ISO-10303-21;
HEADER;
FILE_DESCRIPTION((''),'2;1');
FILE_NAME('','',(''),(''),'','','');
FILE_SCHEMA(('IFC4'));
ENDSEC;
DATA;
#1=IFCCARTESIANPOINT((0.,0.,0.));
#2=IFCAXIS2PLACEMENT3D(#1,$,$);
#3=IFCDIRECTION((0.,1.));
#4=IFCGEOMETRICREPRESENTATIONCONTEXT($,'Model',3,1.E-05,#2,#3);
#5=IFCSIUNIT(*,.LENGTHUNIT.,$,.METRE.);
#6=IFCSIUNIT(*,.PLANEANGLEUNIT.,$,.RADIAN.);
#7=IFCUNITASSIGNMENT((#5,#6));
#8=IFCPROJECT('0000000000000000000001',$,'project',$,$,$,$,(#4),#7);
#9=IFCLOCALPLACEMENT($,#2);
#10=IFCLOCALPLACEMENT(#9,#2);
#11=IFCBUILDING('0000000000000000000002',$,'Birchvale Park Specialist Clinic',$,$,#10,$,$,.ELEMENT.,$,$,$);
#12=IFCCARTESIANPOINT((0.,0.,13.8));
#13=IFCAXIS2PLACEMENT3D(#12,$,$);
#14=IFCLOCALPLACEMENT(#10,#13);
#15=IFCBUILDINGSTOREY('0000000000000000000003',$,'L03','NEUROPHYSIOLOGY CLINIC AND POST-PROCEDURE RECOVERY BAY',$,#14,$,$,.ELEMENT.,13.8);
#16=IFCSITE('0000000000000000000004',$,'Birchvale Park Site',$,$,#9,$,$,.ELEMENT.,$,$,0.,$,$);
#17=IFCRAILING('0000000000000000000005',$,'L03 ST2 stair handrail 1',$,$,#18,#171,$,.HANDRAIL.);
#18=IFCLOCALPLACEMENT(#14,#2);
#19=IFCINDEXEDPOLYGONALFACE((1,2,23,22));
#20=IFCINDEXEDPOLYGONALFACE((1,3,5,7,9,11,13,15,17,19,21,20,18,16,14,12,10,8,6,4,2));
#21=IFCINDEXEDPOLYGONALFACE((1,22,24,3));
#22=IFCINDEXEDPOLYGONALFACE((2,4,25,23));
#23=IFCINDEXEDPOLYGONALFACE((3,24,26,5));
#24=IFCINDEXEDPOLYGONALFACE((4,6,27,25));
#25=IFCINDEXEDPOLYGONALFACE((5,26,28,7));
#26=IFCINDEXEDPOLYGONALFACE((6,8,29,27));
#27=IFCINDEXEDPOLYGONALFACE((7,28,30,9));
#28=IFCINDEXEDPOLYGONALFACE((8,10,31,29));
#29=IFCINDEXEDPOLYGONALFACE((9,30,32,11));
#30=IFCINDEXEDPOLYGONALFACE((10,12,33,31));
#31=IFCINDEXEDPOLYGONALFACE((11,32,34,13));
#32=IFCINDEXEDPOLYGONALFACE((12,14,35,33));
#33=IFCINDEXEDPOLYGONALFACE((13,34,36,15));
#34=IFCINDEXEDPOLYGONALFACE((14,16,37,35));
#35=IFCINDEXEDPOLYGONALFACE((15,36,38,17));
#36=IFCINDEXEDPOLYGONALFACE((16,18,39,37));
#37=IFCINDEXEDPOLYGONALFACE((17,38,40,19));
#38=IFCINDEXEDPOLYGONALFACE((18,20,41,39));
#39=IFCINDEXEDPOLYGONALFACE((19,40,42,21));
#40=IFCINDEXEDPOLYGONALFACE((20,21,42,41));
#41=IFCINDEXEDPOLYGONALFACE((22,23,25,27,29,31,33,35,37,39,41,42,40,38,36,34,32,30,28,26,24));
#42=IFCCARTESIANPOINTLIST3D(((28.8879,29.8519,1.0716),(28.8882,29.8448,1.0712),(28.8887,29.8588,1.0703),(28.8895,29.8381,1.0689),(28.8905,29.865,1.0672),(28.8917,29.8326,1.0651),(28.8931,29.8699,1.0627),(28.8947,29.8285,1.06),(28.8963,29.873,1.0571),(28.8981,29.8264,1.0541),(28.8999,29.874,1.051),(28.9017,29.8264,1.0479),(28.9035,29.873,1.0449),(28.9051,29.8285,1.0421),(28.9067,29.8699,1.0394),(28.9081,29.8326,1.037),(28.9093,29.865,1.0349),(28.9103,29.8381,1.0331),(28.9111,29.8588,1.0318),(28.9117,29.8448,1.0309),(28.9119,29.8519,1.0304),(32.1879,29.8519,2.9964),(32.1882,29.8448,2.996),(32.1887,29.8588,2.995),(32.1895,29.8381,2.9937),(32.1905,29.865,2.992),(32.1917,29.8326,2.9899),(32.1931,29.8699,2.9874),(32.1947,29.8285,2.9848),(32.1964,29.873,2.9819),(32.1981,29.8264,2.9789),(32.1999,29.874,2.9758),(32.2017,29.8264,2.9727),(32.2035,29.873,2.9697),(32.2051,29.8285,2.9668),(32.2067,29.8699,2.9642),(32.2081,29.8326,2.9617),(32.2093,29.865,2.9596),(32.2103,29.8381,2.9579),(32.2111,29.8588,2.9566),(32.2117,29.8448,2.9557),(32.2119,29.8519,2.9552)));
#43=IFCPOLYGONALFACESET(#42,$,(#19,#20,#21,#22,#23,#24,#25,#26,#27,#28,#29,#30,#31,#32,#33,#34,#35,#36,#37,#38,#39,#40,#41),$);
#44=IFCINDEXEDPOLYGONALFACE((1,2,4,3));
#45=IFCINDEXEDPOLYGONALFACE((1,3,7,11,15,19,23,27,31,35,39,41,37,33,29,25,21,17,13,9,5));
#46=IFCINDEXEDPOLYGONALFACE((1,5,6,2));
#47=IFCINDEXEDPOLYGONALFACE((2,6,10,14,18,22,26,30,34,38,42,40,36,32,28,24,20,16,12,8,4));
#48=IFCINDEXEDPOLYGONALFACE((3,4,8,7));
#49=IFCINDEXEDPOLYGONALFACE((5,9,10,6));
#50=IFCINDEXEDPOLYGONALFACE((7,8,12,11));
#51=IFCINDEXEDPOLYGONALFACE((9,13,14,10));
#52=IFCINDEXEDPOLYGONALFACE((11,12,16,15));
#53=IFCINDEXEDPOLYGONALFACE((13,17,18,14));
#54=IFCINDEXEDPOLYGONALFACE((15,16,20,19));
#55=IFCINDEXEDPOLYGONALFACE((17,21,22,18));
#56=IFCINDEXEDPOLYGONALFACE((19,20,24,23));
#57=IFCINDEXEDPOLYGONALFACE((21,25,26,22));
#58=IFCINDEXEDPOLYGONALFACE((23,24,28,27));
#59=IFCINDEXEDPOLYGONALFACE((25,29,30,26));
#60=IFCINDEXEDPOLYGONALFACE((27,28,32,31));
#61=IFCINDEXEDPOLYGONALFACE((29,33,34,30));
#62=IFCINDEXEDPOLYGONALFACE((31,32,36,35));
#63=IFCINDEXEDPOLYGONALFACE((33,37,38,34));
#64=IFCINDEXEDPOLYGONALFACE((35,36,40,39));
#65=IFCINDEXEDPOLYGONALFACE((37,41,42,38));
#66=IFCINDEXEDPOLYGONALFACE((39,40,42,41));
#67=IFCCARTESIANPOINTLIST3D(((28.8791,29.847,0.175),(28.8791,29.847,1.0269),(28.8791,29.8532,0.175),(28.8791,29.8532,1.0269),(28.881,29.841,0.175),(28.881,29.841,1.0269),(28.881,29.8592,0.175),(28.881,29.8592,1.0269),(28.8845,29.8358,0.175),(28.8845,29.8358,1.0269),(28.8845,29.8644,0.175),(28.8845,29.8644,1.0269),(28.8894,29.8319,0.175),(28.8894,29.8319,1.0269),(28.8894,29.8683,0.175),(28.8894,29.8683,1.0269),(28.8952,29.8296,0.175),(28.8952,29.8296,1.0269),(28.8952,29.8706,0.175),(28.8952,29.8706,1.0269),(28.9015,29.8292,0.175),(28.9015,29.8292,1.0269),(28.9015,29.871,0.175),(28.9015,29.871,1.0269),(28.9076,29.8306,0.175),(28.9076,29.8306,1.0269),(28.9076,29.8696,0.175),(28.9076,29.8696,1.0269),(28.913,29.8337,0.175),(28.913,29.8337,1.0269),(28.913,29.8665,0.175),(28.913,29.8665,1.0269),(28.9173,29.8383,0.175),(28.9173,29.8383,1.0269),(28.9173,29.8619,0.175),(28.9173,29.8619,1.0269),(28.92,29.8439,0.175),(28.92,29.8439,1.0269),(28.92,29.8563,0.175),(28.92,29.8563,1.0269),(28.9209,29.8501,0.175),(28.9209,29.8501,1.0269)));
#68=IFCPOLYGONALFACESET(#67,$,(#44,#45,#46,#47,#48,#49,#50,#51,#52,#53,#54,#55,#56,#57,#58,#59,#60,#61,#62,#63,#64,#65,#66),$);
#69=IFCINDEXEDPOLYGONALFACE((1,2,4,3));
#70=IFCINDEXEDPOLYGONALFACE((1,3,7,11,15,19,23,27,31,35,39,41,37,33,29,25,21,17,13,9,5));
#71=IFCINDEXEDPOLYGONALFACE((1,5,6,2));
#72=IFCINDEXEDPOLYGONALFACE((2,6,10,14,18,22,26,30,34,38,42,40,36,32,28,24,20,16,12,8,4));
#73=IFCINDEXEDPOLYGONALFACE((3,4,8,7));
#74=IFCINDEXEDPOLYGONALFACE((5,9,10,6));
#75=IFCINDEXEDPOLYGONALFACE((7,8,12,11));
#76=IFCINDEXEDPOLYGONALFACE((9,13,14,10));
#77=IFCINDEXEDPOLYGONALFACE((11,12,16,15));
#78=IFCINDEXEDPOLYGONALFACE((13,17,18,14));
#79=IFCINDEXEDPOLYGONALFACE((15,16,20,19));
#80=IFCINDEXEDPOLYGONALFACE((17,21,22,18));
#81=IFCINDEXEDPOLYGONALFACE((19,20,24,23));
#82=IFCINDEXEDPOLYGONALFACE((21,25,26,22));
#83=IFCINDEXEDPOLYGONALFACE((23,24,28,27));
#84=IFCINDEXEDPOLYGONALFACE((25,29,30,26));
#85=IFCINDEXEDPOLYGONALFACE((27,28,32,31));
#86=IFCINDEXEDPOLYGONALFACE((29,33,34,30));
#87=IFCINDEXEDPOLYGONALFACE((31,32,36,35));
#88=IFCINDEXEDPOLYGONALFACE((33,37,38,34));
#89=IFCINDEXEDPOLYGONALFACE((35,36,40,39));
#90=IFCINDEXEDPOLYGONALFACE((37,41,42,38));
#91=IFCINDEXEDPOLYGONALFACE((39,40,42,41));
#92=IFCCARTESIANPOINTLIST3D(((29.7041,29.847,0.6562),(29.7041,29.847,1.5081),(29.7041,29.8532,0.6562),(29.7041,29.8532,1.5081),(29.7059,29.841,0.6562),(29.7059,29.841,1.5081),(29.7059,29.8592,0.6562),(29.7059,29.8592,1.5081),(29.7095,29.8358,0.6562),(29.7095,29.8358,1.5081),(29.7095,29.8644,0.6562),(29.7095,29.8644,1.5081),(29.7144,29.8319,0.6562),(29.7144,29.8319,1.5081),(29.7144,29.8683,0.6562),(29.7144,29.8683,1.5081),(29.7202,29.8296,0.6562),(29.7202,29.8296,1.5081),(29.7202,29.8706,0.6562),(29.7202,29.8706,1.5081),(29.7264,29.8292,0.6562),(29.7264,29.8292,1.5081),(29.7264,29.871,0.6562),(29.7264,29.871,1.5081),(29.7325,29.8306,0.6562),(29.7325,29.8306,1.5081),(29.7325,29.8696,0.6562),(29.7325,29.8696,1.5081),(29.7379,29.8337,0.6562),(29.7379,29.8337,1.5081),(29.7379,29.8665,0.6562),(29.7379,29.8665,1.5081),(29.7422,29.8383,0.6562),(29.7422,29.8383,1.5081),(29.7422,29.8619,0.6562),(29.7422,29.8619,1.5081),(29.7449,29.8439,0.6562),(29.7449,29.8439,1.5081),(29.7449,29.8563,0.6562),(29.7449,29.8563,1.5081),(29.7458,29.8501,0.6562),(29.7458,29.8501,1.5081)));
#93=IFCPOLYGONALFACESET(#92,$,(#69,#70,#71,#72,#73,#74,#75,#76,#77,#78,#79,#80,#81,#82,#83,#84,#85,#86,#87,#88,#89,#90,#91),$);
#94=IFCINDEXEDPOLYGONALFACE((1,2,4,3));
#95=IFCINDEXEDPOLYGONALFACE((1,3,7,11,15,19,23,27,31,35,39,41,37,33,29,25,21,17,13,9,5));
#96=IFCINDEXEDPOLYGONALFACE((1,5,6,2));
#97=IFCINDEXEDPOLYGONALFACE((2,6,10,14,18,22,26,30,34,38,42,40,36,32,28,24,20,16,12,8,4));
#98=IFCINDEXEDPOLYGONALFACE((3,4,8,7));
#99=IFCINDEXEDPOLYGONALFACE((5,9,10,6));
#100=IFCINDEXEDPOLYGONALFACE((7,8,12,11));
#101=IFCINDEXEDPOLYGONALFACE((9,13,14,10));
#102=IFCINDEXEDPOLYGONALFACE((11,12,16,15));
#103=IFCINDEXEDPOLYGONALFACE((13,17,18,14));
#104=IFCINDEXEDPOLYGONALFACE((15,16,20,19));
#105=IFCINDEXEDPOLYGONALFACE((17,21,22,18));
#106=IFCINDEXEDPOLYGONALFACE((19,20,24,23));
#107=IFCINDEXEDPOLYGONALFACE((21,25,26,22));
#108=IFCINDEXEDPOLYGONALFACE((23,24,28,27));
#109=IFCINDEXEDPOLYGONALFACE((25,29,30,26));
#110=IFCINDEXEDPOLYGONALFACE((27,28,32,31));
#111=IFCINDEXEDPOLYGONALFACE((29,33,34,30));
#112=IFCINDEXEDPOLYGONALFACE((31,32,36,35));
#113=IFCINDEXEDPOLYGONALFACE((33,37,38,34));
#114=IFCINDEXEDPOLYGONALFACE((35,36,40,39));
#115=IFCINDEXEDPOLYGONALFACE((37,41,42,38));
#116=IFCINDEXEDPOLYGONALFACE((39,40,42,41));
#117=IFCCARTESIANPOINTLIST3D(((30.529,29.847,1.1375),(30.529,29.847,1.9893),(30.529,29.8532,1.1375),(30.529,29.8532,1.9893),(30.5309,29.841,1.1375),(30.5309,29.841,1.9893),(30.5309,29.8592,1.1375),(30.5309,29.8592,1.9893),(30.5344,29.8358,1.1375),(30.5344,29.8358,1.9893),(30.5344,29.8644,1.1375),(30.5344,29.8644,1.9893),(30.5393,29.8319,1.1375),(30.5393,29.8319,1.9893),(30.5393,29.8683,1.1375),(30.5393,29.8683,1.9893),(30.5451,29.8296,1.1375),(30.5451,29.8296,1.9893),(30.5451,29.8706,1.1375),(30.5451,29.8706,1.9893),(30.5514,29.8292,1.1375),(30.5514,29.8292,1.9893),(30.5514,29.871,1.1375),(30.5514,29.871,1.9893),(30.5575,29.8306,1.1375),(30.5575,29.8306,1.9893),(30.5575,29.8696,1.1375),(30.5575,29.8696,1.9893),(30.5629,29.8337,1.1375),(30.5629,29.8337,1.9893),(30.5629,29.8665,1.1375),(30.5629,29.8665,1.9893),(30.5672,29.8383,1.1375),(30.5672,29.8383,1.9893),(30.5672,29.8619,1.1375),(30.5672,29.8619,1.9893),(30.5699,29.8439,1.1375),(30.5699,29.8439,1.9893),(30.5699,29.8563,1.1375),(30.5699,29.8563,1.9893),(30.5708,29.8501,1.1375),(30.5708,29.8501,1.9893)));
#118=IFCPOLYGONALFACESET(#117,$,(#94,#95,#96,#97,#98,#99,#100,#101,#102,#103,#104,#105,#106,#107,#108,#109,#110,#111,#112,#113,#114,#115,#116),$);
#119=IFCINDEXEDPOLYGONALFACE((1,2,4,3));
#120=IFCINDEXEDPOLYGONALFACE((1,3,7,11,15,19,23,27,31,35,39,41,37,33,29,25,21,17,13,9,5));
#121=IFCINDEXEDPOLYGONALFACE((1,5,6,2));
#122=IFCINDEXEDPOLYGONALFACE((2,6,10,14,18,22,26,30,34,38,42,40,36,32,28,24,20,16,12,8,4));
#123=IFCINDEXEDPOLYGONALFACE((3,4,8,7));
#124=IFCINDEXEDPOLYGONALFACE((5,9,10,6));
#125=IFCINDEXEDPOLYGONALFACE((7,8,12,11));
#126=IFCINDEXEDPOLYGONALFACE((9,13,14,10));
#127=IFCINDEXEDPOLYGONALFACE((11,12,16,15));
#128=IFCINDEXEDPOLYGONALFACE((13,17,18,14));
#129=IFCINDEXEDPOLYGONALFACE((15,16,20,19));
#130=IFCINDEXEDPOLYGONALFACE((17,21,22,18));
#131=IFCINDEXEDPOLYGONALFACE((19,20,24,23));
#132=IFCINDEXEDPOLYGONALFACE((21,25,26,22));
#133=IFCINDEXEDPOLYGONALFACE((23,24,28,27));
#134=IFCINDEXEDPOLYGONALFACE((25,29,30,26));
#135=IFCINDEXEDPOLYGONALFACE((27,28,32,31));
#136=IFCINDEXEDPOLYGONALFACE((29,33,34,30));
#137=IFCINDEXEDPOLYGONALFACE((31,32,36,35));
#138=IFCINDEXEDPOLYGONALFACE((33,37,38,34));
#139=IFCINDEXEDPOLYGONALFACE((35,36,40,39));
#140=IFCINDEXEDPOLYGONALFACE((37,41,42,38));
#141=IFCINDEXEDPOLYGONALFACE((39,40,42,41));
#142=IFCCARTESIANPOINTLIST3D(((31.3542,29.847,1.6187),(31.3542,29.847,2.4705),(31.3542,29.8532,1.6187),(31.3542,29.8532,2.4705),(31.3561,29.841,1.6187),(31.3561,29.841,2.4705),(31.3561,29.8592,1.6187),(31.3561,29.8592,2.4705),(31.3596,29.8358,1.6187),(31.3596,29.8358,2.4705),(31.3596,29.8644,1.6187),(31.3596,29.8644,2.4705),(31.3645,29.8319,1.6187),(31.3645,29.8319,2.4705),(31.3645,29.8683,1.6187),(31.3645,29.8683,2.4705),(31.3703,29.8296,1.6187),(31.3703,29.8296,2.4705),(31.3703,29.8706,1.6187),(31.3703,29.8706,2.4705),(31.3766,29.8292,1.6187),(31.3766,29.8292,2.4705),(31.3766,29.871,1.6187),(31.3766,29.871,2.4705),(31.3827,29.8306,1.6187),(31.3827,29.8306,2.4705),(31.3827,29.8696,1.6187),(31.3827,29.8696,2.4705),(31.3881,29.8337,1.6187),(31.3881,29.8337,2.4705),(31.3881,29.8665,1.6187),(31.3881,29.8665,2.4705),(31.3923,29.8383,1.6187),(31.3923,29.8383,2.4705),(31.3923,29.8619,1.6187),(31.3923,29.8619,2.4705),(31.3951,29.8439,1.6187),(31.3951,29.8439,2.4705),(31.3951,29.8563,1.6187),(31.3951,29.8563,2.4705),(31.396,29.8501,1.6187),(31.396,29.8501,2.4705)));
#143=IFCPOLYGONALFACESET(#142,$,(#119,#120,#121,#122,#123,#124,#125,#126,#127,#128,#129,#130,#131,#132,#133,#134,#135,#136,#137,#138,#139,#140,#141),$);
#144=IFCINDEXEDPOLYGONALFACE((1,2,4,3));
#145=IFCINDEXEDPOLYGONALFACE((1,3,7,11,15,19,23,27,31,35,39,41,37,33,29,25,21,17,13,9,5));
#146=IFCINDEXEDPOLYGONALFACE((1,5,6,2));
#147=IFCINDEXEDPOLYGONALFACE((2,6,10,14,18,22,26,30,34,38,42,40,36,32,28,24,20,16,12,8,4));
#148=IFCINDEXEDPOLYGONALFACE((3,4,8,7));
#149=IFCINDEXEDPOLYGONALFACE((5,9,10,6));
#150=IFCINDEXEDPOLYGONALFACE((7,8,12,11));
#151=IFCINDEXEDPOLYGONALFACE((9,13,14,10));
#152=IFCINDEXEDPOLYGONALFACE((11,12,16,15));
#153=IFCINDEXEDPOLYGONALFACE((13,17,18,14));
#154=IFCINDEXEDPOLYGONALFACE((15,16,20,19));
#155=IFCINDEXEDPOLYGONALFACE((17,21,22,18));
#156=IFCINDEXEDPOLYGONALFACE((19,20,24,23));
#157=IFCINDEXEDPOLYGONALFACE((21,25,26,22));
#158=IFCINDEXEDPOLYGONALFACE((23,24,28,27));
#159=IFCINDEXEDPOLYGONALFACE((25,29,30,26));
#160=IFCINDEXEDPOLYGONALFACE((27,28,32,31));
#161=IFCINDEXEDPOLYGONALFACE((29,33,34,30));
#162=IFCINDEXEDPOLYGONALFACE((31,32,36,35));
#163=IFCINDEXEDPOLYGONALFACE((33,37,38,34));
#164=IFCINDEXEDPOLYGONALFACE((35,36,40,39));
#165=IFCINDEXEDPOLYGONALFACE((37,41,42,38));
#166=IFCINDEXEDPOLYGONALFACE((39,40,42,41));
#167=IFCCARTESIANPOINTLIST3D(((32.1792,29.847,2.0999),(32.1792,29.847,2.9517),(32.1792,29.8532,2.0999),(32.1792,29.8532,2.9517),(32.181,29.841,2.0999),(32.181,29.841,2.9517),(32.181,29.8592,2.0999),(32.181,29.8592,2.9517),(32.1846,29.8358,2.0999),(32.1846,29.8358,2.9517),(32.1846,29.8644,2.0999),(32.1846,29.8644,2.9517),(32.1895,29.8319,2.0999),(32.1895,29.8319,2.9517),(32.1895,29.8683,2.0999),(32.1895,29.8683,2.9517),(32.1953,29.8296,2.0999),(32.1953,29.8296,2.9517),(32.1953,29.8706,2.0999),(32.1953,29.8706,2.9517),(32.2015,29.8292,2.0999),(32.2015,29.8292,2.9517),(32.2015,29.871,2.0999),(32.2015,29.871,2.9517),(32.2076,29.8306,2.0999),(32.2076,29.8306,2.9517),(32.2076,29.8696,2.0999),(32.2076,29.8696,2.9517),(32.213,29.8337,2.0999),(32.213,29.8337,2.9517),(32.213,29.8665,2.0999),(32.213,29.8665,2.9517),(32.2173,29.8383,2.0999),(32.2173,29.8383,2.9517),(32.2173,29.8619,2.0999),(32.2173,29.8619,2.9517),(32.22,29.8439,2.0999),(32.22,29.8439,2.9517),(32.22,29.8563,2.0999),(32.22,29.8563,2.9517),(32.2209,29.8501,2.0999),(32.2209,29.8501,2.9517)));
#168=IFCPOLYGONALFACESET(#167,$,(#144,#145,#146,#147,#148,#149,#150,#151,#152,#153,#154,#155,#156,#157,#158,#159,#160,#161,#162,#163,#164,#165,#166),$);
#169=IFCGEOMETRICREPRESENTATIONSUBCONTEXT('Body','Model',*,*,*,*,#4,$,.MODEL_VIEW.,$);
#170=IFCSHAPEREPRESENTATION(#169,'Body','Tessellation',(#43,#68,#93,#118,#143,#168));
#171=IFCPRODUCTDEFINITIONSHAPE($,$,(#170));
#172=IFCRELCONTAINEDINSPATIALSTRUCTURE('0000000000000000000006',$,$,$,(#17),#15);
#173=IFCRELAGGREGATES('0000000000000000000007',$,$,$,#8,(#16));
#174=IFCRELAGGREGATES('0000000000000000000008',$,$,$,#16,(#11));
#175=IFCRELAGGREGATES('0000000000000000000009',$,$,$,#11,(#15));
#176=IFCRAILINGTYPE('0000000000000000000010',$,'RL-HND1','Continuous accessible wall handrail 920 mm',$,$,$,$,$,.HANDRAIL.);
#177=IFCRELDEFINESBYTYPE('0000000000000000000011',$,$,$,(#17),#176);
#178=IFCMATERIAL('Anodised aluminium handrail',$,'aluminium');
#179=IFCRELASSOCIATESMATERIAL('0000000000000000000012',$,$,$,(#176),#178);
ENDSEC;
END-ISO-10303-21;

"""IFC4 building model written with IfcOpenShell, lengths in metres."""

from ifc_helpers import new_model, si_unit, direction, frame, origin, origin_2d, place, context, subcontext, project, spatial, circle, extrude, material, type_object, element, save


model = new_model("IFC4")

# Units and contexts
model_context = context("Model", 3, precision=1e-05, world=origin(), true_north=direction((0.0, 1.0)))
body_context = subcontext(model_context, "Body", "Model", "MODEL_VIEW")
ifc_project = project(units=[si_unit("LENGTHUNIT", "METRE"), si_unit("PLANEANGLEUNIT", "RADIAN")], contexts=[model_context])

# Site, building, storey
site_placement = place(None, origin())
site = spatial("IfcSite", under=ifc_project, at=site_placement, Name="Birchvale Park Site", CompositionType="ELEMENT", RefElevation=0.0)
building_placement = place(site_placement, origin())
building = spatial("IfcBuilding", under=site, at=building_placement, Name="Birchvale Park Specialist Clinic", CompositionType="ELEMENT")
storey_placement = place(building_placement, frame((0.0, 0.0, 13.8)))
storey = spatial("IfcBuildingStorey", under=building, at=storey_placement, Name="L03", Description="NEUROPHYSIOLOGY CLINIC AND POST-PROCEDURE RECOVERY BAY", CompositionType="ELEMENT", Elevation=13.8)

# Railing
ifc_material_1 = material(Name="Anodised aluminium handrail", Category="aluminium")
railing_type_1 = type_object("IfcRailingType", Name="RL-HND1", Description="Continuous accessible wall handrail 920 mm", PredefinedType="HANDRAIL", material=ifc_material_1)
railing_1_placement = place(storey_placement, frame((28.8999, 29.8501, 0.175)))
element("IfcRailing", 1, at=railing_1_placement, inside=storey, type_object=railing_type_1, Name="L03 ST2 stair handrail 1", PredefinedType="HANDRAIL", context=body_context, shape_type="SweptSolid", body=[
    extrude(circle(Radius=0.0239, at=origin_2d()), frame((0.0, 0.0, 0.876), z_axis=(0.863804, 0.0, 0.503827), x_axis=(0.0, 1.0, 0.0)), (0.0, 0.0, 1.0), 3.8203),
    extrude(circle(Radius=0.021, at=origin_2d()), origin(), (0.0, 0.0, 1.0), 0.8518),
    extrude(circle(Radius=0.021, at=origin_2d()), frame((0.825, 0.0, 0.4812)), (0.0, 0.0, 1.0), 0.8518),
    extrude(circle(Radius=0.021, at=origin_2d()), frame((1.6499, 0.0, 0.9624)), (0.0, 0.0, 1.0), 0.8518),
    extrude(circle(Radius=0.021, at=origin_2d()), frame((2.4751, 0.0, 1.4436)), (0.0, 0.0, 1.0), 0.8518),
    extrude(circle(Radius=0.021, at=origin_2d()), frame((3.3, 0.0, 1.9248)), (0.0, 0.0, 1.0), 0.8518),
])

save(model, "model.ifc")
